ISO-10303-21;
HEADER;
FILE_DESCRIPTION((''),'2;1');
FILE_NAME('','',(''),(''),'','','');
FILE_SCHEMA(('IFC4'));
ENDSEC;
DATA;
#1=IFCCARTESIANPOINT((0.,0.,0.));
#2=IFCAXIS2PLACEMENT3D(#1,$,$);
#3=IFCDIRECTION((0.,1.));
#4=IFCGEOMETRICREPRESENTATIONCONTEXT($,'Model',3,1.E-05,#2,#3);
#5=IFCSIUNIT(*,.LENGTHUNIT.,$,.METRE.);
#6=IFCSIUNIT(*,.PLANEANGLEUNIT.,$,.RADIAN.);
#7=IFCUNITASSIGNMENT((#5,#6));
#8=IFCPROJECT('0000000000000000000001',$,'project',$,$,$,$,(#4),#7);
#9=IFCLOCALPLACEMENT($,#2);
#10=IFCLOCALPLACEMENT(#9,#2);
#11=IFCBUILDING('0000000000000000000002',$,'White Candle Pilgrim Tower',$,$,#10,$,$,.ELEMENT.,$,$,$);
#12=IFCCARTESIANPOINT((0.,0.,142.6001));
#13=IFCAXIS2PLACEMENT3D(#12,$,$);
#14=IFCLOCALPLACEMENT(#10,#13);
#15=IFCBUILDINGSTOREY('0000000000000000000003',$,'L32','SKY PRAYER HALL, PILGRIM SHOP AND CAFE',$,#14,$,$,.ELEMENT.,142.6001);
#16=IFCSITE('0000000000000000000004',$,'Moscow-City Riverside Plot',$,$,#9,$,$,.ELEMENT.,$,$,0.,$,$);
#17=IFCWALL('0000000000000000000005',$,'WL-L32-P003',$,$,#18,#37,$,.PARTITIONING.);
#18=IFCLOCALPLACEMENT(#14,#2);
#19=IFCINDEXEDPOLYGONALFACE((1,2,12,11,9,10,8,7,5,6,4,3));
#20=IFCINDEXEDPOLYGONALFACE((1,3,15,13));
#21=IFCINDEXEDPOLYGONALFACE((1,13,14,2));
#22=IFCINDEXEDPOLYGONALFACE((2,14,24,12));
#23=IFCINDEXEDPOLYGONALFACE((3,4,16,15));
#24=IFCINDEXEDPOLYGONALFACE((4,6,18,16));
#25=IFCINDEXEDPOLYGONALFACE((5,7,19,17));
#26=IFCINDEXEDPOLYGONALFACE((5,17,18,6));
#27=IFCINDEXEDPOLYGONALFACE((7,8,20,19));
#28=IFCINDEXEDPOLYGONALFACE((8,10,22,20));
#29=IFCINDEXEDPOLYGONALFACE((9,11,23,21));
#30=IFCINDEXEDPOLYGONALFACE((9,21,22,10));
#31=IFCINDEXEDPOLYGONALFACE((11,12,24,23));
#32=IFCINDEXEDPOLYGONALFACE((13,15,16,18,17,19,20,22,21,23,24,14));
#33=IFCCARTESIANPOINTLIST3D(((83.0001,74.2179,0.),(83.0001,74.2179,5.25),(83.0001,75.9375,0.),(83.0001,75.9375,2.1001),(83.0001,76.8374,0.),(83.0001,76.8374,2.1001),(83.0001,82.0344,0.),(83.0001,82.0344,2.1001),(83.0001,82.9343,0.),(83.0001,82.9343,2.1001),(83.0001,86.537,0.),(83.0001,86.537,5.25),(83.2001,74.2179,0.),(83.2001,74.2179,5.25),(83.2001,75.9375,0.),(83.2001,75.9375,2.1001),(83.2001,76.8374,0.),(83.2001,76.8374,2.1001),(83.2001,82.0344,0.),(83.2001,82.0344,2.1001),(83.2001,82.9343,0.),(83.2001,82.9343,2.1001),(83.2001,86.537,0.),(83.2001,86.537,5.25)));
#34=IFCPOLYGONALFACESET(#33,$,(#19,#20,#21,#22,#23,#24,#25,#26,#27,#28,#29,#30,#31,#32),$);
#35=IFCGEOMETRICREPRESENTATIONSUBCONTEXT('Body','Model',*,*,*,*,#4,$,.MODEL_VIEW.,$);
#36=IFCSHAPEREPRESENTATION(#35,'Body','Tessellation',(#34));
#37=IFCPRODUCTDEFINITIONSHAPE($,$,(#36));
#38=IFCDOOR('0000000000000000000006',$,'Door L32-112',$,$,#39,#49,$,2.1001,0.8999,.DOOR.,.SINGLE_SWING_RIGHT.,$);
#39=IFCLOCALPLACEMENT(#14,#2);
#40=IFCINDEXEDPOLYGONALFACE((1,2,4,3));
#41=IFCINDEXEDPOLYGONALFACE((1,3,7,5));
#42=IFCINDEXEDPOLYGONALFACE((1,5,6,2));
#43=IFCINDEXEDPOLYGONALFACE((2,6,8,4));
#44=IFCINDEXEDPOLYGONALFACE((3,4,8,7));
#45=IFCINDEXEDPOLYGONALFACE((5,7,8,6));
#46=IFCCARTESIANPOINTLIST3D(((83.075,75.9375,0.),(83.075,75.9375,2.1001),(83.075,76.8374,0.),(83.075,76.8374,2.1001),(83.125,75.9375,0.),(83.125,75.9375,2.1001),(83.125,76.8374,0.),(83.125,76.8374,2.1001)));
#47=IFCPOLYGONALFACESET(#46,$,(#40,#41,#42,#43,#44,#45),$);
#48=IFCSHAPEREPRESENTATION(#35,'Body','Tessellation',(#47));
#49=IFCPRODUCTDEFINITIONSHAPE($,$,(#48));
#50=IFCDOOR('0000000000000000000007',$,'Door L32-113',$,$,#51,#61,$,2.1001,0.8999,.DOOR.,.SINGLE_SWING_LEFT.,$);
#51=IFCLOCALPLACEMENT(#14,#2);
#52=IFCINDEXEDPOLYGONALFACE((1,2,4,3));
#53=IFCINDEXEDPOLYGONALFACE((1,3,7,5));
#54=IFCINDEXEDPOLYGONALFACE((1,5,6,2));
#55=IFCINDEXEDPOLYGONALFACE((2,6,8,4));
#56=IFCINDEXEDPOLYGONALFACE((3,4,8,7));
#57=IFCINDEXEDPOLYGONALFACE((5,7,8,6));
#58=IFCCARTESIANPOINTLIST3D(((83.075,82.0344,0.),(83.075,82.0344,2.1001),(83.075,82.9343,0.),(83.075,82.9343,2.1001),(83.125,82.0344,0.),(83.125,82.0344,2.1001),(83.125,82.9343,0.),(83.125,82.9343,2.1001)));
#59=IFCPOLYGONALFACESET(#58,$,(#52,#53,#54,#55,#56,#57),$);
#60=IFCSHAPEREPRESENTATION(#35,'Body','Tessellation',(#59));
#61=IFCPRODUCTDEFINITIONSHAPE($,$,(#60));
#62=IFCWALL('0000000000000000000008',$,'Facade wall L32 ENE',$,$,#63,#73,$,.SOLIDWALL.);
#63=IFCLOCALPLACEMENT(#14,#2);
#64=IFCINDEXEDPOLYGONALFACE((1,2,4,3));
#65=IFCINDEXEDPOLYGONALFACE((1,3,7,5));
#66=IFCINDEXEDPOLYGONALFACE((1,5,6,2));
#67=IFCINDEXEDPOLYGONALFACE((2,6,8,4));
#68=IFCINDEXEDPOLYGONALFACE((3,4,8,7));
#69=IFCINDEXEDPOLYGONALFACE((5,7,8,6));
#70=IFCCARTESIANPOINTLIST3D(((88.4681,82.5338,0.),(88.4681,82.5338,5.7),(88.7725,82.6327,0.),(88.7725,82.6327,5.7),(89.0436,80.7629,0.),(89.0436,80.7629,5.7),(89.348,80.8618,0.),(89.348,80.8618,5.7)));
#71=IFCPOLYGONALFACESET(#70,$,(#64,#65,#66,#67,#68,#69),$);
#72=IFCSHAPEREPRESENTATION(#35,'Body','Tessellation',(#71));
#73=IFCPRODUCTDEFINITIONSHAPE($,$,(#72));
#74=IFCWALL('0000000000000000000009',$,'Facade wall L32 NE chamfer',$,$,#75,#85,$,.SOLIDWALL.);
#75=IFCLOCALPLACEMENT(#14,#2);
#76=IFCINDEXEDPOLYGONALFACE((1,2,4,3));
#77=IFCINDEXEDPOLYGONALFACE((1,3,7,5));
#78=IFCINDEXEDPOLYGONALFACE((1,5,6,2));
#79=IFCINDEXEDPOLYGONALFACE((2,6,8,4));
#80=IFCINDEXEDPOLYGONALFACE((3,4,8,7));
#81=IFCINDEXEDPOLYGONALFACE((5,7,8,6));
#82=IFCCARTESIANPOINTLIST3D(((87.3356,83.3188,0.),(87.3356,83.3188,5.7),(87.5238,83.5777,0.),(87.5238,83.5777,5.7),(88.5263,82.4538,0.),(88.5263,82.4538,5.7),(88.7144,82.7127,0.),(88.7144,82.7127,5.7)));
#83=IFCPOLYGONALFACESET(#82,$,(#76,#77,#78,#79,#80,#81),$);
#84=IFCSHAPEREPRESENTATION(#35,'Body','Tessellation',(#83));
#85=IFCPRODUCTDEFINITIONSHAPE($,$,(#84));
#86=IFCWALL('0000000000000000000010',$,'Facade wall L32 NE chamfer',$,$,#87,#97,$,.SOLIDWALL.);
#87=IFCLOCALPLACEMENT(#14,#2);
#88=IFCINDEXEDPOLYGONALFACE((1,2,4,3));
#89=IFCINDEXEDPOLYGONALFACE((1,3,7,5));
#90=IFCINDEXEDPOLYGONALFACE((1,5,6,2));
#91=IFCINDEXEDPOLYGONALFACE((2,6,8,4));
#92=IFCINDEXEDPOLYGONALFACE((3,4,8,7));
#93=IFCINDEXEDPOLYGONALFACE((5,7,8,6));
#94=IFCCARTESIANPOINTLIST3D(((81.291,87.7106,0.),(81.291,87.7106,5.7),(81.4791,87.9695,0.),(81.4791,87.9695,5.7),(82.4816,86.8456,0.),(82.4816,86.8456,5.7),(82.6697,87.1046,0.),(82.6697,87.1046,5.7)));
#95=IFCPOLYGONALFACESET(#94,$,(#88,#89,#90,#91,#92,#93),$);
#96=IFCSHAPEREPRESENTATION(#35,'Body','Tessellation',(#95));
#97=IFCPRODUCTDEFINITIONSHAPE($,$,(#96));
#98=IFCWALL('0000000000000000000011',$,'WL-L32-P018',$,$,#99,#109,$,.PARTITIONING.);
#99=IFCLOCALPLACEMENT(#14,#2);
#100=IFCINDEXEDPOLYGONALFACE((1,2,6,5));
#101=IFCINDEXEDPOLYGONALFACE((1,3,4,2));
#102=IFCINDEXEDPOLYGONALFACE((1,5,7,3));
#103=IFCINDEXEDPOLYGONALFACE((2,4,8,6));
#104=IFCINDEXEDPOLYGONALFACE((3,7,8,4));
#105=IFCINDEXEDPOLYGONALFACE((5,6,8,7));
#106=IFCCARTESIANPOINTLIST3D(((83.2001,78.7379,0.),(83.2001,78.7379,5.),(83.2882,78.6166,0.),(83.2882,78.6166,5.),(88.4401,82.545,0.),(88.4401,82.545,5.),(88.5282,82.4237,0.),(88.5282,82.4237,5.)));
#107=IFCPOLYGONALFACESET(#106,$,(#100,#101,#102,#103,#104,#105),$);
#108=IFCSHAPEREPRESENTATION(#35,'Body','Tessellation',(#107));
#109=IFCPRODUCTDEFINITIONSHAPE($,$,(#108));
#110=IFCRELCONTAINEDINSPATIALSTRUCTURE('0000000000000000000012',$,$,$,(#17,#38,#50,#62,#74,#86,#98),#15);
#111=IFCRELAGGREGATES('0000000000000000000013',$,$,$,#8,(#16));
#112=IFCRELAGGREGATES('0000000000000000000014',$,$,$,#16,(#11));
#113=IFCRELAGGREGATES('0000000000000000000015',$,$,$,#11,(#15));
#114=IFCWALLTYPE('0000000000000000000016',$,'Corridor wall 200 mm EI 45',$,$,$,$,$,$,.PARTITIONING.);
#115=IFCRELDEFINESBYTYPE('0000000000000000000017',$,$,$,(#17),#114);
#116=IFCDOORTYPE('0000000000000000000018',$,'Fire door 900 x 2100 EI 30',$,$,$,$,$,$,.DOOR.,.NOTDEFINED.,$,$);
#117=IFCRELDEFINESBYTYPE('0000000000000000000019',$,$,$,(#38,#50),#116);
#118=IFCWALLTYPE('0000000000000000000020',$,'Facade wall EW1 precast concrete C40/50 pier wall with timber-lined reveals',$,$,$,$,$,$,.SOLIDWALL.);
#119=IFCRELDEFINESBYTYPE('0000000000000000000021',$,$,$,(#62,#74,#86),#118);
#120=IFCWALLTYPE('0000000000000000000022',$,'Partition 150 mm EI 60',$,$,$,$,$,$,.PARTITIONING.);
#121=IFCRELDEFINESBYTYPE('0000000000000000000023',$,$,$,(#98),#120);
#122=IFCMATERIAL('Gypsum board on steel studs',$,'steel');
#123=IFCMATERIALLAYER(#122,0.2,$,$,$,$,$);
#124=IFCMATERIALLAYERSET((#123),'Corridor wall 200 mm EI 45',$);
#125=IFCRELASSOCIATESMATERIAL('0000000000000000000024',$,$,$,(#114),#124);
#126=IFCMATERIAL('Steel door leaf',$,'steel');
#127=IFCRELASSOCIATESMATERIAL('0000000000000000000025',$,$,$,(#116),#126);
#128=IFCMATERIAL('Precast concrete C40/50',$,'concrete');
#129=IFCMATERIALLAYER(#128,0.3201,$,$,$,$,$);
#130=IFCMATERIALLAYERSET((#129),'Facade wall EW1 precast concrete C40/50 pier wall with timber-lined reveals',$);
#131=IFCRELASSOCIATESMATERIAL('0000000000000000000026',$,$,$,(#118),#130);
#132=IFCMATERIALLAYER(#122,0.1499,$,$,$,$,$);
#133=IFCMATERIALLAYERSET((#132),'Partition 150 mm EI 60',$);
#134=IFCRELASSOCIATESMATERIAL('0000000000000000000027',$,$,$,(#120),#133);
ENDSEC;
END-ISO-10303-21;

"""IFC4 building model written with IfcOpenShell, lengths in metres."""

from ifc_helpers import new_model, si_unit, direction, frame, frame_2d, origin, place, context, subcontext, project, spatial, rectangle, extrude, material, layer, layer_set, type_object, element, fill, save


model = new_model("IFC4")

# Units and contexts
model_context = context("Model", 3, precision=1e-05, world=origin(), true_north=direction((0.0, 1.0)))
body_context = subcontext(model_context, "Body", "Model", "MODEL_VIEW")
ifc_project = project(units=[si_unit("LENGTHUNIT", "METRE"), si_unit("PLANEANGLEUNIT", "RADIAN")], contexts=[model_context])

# Site, building, storey
site_placement = place(None, origin())
site = spatial("IfcSite", under=ifc_project, at=site_placement, Name="Moscow-City Riverside Plot", CompositionType="ELEMENT", RefElevation=0.0)
building_placement = place(site_placement, origin())
building = spatial("IfcBuilding", under=site, at=building_placement, Name="White Candle Pilgrim Tower", CompositionType="ELEMENT")
storey_placement = place(building_placement, frame((0.0, 0.0, 142.6001)))
storey = spatial("IfcBuildingStorey", under=building, at=storey_placement, Name="L32", Description="SKY PRAYER HALL, PILGRIM SHOP AND CAFE", CompositionType="ELEMENT", Elevation=142.6001)

# Wall, openings, doors
ifc_material_1 = material(Name="Gypsum board on steel studs", Category="steel")
ifc_layer_1 = layer(ifc_material_1, 0.2)
ifc_layer_set_1 = layer_set([ifc_layer_1], Name="Corridor wall 200 mm EI 45")
wall_type_1 = type_object("IfcWallType", Name="Corridor wall 200 mm EI 45", PredefinedType="PARTITIONING", material=ifc_layer_set_1)
wall_1_placement = place(storey_placement, frame((83.1001, 86.5371, 0.0), z_axis=(0.0, 0.0, 1.0), x_axis=(0.0, -1.0, 0.0)))
wall_1 = element("IfcWall", 1, at=wall_1_placement, inside=storey, type_object=wall_type_1, Name="WL-L32-P003", PredefinedType="PARTITIONING", context=body_context, shape_type="SweptSolid", body=[
    extrude(rectangle(XDim=12.3191, YDim=0.2, at=frame_2d((6.1597, 0.0))), origin(), (0.0, 0.0, 1.0), 5.25),
])
opening_1_placement = place(wall_1_placement, frame((9.6997, 0.0, 0.0)))
opening_1 = element("IfcOpeningElement", 2, at=opening_1_placement, cuts=wall_1, PredefinedType="OPENING", context=body_context, shape_type="SweptSolid", body=[
    extrude(rectangle(XDim=0.8999, YDim=2.1001, at=frame_2d((0.45, 1.05))), frame((0.0, 0.1099, 0.0), z_axis=(0.0, -1.0, 0.0), x_axis=(1.0, 0.0, 0.0)), (0.0, 0.0, 1.0), 0.22),
])
opening_2_placement = place(wall_1_placement, frame((3.6028, 0.0, 0.0)))
opening_2 = element("IfcOpeningElement", 3, at=opening_2_placement, cuts=wall_1, PredefinedType="OPENING", context=body_context, shape_type="SweptSolid", body=[
    extrude(rectangle(XDim=0.8999, YDim=2.1001, at=frame_2d((0.45, 1.05))), frame((0.0, 0.1099, 0.0), z_axis=(0.0, -1.0, 0.0), x_axis=(1.0, 0.0, 0.0)), (0.0, 0.0, 1.0), 0.22),
])
ifc_material_2 = material(Name="Steel door leaf", Category="steel")
door_type = type_object("IfcDoorType", Name="Fire door 900 x 2100 EI 30", OperationType="NOTDEFINED", PredefinedType="DOOR", material=ifc_material_2)
door_1_placement = place(opening_1_placement, origin())
door_1 = element("IfcDoor", 4, at=door_1_placement, inside=storey, type_object=door_type, Name="Door L32-112", OperationType="SINGLE_SWING_RIGHT", OverallHeight=2.1001, OverallWidth=0.8999, PredefinedType="DOOR", context=body_context, shape_type="SweptSolid", body=[
    extrude(rectangle(XDim=0.8999, YDim=2.1001, at=frame_2d((0.45, 1.05))), frame((0.0, 0.0249, 0.0), z_axis=(0.0, -1.0, 0.0), x_axis=(1.0, 0.0, 0.0)), (0.0, 0.0, 1.0), 0.05),
])
fill(opening_1, door_1)
door_2_placement = place(opening_2_placement, origin())
door_2 = element("IfcDoor", 5, at=door_2_placement, inside=storey, type_object=door_type, Name="Door L32-113", OperationType="SINGLE_SWING_LEFT", OverallHeight=2.1001, OverallWidth=0.8999, PredefinedType="DOOR", context=body_context, shape_type="SweptSolid", body=[
    extrude(rectangle(XDim=0.8999, YDim=2.1001, at=frame_2d((0.45, 1.05))), frame((0.0, 0.0249, 0.0), z_axis=(0.0, -1.0, 0.0), x_axis=(1.0, 0.0, 0.0)), (0.0, 0.0, 1.0), 0.05),
])
fill(opening_2, door_2)

# Walls
ifc_material_3 = material(Name="Precast concrete C40/50", Category="concrete")
ifc_layer_2 = layer(ifc_material_3, 0.3201)
ifc_layer_set_2 = layer_set([ifc_layer_2], Name="Facade wall EW1 precast concrete C40/50 pier wall with timber-lined reveals")
wall_type_2 = type_object("IfcWallType", Name="Facade wall EW1 precast concrete C40/50 pier wall with timber-lined reveals", PredefinedType="SOLIDWALL", material=ifc_layer_set_2)
wall_2_placement = place(storey_placement, frame((89.1958, 80.8123, 0.0), z_axis=(0.0, 0.0, 1.0), x_axis=(-0.309021, 0.951055, 0.0)))
element("IfcWall", 6, at=wall_2_placement, inside=storey, type_object=wall_type_2, Name="Facade wall L32 ENE", PredefinedType="SOLIDWALL", context=body_context, shape_type="SweptSolid", body=[
    extrude(rectangle(XDim=1.8621, YDim=0.3201, at=frame_2d((0.9312, 0.0))), origin(), (0.0, 0.0, 1.0), 5.7),
])
for number, where, z_axis, x_axis, name in (
    (7, (88.6204, 82.5833, 0.0), (0.0, 0.0, 1.0), (-0.809044, 0.587747, 0.0), "Facade wall L32 NE chamfer"),
    (8, (82.5757, 86.9751, 0.0), (0.0, 0.0, 1.0), (-0.809044, 0.587747, 0.0), "Facade wall L32 NE chamfer"),
):
    element("IfcWall", number, at=place(storey_placement, frame(where, z_axis=z_axis, x_axis=x_axis)), inside=storey, type_object=wall_type_2, Name=name, PredefinedType="SOLIDWALL", context=body_context, shape_type="SweptSolid", body=[
        extrude(rectangle(XDim=1.4717, YDim=0.3201, at=frame_2d((0.7358, 0.0))), origin(), (0.0, 0.0, 1.0), 5.7),
    ])
ifc_layer_3 = layer(ifc_material_1, 0.1499)
ifc_layer_set_3 = layer_set([ifc_layer_3], Name="Partition 150 mm EI 60")
wall_type_3 = type_object("IfcWallType", Name="Partition 150 mm EI 60", PredefinedType="PARTITIONING", material=ifc_layer_set_3)
wall_3_placement = place(storey_placement, frame((88.4841, 82.4844, 0.0), z_axis=(0.0, 0.0, 1.0), x_axis=(-0.809013, -0.587791, 0.0)))
element("IfcWall", 9, at=wall_3_placement, inside=storey, type_object=wall_type_3, Name="WL-L32-P018", PredefinedType="PARTITIONING", context=body_context, shape_type="SweptSolid", body=[
    extrude(rectangle(XDim=6.4771, YDim=0.1499, at=frame_2d((3.2385, 0.0))), origin(), (0.0, 0.0, 1.0), 5.0),
])

save(model, "model.ifc")
